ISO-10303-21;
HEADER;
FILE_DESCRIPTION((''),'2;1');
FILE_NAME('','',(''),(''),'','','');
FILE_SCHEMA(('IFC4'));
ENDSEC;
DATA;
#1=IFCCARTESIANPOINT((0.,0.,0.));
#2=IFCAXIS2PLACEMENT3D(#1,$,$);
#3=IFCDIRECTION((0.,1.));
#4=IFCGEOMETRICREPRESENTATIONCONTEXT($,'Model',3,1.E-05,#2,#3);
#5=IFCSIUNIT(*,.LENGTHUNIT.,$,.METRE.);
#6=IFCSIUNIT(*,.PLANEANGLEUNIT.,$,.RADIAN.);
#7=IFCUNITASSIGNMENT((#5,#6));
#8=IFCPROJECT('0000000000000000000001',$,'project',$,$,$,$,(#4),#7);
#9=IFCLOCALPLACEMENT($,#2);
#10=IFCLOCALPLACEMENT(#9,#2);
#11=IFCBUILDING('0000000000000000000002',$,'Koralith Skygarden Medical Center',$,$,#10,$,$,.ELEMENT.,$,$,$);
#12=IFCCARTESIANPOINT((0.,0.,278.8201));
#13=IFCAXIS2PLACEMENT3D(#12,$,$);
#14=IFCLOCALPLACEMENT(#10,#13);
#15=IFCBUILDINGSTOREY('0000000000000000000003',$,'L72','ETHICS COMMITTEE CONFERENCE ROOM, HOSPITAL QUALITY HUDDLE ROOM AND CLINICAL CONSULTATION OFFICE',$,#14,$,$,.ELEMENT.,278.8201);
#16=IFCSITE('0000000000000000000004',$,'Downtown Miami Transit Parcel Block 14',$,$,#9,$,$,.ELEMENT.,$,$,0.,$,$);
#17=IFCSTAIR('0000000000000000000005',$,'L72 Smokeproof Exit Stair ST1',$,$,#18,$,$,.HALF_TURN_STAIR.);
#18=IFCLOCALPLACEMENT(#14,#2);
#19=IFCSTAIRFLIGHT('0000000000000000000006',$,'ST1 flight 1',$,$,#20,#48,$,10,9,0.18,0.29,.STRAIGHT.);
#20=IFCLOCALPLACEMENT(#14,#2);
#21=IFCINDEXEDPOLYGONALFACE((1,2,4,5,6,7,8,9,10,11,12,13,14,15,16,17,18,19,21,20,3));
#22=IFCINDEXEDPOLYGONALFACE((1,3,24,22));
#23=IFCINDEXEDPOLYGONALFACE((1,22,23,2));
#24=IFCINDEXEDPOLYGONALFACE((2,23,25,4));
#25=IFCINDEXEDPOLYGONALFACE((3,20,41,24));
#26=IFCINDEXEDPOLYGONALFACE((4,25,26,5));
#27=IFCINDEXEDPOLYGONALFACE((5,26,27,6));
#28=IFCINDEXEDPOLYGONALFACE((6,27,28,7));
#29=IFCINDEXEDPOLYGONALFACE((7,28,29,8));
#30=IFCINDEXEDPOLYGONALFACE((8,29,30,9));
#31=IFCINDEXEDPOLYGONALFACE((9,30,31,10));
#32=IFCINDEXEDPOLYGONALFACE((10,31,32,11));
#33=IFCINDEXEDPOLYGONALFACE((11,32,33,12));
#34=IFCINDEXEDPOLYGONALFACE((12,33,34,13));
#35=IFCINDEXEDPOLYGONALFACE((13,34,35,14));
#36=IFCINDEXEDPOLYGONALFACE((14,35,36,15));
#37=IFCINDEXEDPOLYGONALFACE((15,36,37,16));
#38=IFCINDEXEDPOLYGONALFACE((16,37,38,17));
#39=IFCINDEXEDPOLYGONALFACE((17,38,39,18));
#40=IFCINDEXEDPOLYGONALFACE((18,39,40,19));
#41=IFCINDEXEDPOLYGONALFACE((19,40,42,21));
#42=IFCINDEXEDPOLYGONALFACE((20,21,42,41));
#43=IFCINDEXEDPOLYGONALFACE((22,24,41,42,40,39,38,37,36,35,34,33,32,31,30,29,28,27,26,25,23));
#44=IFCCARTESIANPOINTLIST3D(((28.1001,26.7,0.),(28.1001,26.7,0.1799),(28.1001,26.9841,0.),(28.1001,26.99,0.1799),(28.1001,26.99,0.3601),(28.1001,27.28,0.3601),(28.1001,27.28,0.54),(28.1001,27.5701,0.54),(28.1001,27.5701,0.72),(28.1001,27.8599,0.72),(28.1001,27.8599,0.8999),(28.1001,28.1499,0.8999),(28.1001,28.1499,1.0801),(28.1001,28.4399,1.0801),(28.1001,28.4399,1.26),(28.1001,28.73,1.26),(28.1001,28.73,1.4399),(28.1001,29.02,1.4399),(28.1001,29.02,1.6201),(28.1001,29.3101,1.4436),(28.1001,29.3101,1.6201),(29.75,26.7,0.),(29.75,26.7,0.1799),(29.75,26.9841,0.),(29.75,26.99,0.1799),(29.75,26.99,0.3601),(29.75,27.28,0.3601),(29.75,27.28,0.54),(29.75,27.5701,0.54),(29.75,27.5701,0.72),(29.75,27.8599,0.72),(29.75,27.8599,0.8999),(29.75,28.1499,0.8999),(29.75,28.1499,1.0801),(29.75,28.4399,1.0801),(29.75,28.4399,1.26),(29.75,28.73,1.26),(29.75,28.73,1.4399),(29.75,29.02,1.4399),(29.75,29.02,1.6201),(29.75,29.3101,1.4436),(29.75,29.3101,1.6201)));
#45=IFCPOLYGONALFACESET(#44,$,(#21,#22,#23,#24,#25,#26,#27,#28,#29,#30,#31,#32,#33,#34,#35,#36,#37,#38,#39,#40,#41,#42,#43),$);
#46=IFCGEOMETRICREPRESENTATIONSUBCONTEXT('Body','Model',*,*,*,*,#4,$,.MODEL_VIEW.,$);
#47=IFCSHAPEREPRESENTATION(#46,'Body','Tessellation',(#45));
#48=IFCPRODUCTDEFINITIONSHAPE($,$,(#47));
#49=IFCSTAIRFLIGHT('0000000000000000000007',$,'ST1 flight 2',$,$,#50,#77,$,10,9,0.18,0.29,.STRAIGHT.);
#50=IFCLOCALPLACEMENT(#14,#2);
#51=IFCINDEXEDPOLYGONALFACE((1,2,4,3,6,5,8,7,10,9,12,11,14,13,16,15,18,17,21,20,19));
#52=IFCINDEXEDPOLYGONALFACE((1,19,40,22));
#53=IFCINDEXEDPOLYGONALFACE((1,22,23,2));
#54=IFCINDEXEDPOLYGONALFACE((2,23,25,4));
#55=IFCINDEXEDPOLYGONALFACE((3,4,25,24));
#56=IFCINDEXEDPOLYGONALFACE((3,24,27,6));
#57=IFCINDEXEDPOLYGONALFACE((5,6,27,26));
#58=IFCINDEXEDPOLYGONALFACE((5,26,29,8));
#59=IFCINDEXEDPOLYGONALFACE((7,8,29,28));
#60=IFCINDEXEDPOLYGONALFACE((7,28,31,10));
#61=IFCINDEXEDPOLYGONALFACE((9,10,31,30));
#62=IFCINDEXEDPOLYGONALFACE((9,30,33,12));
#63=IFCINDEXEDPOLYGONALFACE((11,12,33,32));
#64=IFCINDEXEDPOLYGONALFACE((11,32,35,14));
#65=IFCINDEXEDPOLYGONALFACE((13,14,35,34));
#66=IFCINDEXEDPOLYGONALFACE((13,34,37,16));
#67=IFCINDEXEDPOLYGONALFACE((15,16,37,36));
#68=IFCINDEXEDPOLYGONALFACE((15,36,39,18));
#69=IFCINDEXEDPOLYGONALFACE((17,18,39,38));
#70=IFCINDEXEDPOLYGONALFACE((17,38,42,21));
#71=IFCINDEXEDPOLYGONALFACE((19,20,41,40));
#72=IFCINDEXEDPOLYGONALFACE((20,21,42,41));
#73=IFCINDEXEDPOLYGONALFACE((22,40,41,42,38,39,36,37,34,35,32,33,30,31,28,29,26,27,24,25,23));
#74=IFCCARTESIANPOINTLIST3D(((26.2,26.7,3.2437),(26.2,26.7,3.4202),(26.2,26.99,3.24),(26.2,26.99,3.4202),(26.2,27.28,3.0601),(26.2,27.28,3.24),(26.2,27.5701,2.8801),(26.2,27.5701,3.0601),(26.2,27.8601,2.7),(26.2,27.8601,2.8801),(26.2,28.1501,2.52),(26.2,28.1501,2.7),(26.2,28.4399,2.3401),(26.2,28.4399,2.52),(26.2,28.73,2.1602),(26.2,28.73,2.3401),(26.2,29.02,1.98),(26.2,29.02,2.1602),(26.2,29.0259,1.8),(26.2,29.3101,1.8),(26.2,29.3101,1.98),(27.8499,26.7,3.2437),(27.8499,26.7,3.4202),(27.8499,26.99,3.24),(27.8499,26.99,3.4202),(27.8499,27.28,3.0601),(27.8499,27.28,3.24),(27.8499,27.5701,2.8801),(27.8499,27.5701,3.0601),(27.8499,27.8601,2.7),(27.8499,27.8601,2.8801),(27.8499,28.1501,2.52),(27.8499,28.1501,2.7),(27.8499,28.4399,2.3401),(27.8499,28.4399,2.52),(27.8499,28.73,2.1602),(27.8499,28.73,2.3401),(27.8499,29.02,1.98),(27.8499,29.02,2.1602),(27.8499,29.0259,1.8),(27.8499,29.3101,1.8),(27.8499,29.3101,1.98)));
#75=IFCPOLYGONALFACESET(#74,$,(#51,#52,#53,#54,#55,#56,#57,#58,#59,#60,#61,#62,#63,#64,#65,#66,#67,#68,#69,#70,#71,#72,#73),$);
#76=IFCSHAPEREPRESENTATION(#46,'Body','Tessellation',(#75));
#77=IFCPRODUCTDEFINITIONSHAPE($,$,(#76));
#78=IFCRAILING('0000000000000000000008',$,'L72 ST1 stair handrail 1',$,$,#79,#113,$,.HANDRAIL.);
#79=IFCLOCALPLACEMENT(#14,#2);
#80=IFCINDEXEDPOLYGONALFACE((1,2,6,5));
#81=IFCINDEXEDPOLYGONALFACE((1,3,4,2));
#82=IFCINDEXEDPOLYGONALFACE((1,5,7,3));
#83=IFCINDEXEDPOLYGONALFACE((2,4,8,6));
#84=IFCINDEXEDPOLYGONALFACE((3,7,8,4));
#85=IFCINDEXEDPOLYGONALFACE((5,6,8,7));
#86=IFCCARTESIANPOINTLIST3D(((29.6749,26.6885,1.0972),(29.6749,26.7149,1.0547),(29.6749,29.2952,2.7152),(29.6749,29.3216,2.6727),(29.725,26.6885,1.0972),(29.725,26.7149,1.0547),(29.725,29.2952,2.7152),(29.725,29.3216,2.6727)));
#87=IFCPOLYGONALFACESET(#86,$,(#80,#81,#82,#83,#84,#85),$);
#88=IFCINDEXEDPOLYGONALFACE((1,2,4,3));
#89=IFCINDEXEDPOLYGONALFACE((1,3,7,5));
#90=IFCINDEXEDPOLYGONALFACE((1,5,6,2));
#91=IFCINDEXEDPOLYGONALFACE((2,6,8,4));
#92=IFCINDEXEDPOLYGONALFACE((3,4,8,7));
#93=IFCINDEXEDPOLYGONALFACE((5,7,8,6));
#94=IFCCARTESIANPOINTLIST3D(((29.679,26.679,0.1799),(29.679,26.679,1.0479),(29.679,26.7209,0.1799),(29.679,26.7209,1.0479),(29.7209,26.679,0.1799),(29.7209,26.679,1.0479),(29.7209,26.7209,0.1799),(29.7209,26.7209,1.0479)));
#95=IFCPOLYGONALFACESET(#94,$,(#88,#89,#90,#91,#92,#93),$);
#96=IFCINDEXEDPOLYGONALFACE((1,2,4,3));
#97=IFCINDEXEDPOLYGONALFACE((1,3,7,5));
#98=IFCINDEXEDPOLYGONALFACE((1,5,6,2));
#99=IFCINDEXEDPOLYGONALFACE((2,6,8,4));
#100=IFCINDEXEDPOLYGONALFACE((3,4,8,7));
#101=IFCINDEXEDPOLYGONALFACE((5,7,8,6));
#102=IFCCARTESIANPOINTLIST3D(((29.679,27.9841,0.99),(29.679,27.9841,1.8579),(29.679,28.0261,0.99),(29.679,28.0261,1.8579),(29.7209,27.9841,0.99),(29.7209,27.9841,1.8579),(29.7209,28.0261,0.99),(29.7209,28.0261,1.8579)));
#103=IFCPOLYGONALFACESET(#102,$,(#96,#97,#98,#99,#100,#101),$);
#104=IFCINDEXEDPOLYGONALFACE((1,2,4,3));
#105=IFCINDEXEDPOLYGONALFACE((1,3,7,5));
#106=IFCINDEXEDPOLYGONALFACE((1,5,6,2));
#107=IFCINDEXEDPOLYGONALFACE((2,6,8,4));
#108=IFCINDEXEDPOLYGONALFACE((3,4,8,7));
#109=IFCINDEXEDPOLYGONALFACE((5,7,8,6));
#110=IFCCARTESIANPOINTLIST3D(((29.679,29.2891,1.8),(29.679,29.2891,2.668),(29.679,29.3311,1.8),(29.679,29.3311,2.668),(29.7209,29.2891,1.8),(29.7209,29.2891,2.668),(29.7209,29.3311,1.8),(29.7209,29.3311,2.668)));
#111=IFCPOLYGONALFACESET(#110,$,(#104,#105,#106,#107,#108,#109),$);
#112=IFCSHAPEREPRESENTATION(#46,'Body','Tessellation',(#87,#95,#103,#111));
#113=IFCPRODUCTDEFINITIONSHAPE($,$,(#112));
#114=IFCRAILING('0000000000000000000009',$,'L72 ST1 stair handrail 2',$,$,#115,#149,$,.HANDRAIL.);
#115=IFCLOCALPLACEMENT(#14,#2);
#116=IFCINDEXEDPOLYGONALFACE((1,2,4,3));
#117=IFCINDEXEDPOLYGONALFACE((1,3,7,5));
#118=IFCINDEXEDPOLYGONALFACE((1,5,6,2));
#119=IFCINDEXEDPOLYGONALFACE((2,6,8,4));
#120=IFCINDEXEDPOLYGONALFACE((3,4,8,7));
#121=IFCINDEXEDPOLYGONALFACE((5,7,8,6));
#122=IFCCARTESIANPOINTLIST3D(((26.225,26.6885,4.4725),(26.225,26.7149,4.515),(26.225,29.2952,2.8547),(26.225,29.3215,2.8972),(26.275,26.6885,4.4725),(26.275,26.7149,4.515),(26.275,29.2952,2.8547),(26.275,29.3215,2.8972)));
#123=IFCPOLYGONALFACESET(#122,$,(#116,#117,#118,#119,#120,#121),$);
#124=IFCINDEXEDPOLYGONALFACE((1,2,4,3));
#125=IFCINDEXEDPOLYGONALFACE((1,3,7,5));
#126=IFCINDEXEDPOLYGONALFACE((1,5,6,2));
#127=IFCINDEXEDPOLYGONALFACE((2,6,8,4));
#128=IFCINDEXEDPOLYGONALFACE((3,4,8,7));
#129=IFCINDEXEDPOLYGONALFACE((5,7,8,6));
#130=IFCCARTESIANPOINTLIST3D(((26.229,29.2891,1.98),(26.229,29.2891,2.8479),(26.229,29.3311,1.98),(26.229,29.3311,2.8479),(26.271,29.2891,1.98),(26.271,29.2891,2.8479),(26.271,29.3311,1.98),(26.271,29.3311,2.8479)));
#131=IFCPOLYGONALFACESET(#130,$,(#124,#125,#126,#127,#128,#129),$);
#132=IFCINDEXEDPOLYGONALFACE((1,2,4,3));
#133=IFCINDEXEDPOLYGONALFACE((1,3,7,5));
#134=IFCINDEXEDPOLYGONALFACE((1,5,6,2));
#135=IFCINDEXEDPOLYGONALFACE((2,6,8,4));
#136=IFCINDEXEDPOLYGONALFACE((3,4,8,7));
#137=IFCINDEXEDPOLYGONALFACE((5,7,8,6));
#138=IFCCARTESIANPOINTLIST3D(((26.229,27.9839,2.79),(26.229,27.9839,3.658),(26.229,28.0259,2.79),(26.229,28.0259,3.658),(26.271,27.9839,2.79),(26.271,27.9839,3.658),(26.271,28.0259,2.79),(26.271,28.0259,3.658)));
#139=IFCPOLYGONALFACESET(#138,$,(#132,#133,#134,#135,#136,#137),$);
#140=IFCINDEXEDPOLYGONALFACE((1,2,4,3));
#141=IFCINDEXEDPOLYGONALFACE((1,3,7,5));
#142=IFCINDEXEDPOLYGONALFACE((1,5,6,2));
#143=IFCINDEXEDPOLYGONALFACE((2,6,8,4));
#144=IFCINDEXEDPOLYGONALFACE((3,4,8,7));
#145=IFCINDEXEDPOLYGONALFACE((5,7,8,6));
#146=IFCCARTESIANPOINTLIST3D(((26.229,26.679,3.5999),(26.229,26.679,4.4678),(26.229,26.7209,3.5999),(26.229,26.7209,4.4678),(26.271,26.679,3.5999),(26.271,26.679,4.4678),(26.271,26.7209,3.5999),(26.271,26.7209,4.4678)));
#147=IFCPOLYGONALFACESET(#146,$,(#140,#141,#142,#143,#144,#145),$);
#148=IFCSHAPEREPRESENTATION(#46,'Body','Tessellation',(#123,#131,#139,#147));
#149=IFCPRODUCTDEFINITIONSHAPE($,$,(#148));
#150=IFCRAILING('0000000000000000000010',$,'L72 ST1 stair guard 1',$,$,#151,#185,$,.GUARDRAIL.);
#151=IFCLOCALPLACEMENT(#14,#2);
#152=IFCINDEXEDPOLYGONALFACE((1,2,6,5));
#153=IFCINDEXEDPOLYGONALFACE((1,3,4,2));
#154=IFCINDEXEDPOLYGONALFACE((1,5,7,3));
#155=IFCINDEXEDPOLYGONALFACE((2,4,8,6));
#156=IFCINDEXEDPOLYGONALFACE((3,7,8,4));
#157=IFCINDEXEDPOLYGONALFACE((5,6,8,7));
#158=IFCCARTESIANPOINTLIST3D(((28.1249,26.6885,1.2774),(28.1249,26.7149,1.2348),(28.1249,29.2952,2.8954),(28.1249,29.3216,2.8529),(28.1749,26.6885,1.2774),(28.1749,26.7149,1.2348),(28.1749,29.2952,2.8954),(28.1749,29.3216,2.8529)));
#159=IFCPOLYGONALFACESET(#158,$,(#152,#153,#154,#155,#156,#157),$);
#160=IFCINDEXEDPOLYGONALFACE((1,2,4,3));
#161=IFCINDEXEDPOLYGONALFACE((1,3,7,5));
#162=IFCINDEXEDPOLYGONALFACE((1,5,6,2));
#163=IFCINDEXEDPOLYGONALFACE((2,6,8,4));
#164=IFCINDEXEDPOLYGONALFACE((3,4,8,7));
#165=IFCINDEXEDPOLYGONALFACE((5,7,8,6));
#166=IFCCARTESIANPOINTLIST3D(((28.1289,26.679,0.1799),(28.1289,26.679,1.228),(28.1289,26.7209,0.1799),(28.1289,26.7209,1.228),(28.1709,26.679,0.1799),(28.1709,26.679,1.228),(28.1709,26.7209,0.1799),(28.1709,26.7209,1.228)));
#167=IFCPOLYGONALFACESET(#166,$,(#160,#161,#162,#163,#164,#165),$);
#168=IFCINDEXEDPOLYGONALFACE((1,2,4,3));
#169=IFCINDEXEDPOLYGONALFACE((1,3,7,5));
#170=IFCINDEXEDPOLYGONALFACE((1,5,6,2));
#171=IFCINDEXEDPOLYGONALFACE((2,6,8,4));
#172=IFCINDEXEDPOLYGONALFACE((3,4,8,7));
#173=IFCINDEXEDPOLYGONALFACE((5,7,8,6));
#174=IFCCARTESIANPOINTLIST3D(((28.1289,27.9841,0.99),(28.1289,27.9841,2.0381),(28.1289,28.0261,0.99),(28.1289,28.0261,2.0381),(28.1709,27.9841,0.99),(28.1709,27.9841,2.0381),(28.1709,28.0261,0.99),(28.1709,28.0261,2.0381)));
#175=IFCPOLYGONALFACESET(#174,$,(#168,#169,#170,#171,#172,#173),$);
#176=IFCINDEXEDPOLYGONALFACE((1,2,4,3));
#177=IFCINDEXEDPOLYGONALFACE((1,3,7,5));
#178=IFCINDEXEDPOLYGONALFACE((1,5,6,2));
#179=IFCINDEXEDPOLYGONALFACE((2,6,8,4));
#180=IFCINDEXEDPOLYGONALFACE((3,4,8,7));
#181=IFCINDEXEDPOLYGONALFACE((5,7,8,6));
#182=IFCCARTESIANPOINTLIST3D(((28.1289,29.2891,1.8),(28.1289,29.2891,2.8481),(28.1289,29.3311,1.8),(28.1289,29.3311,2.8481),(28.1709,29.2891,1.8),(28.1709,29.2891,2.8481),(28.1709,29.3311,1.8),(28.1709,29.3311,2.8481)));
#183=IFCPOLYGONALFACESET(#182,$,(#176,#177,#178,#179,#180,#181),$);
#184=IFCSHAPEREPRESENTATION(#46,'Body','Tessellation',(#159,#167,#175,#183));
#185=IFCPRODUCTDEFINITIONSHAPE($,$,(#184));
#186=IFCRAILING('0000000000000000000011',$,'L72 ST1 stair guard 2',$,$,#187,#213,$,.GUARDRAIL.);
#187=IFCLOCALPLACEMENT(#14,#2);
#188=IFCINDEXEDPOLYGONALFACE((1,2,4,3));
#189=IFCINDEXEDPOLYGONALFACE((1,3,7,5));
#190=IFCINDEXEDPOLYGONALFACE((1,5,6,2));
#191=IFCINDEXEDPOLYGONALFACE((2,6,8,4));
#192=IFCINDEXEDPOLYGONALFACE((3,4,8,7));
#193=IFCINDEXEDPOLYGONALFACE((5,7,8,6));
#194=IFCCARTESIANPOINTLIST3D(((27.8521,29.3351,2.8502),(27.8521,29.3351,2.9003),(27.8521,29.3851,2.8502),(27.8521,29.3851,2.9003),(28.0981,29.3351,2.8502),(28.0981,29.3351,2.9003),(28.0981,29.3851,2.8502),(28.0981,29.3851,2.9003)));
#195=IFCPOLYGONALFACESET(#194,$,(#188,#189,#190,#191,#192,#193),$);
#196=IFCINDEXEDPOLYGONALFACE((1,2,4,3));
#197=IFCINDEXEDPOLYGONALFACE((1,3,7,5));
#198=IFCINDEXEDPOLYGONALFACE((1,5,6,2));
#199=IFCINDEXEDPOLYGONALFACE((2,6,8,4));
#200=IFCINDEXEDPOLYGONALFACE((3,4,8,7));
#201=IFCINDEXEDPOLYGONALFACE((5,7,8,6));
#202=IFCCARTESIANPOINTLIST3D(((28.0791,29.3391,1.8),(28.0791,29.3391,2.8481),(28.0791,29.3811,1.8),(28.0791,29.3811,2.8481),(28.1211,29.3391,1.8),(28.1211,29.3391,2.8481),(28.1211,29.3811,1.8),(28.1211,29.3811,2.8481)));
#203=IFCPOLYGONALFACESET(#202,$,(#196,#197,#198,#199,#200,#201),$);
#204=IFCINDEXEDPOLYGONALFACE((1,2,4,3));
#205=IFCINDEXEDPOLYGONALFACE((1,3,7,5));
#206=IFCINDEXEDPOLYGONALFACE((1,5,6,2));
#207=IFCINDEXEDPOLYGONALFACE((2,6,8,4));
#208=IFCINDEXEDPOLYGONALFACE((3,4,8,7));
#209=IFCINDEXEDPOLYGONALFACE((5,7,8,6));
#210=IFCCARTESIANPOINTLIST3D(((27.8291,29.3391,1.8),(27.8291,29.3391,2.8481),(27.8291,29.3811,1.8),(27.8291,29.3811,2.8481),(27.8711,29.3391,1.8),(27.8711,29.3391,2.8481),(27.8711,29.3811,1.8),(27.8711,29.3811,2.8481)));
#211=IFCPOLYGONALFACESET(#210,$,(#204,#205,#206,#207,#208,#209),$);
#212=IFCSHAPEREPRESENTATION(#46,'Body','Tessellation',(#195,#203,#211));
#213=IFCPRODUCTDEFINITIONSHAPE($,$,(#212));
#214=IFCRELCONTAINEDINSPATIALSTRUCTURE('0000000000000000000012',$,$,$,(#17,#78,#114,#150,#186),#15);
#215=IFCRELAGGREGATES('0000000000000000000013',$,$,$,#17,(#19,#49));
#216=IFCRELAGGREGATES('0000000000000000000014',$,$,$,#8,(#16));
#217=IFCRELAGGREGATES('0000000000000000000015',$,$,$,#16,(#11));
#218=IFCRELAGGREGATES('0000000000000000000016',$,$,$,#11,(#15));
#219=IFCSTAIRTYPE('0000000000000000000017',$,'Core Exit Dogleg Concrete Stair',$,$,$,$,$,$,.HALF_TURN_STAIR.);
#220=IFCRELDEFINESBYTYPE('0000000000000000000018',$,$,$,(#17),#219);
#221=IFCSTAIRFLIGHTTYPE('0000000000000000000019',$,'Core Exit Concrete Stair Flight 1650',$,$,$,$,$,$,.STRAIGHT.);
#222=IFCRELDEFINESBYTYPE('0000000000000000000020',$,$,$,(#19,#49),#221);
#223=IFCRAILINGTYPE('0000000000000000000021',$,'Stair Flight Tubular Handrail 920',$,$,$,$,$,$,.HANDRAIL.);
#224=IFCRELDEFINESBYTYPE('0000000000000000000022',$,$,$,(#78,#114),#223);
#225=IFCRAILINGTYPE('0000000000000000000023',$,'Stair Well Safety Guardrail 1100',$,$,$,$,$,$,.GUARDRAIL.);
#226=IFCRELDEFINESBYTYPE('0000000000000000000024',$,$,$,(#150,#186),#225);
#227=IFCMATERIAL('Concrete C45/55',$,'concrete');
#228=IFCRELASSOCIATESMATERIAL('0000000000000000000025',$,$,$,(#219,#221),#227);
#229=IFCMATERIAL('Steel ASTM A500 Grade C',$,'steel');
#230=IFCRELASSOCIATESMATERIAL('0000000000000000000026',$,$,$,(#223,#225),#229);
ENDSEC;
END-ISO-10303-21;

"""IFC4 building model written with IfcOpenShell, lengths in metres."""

from ifc_helpers import new_model, si_unit, direction, frame, origin, origin_2d, place, context, subcontext, project, spatial, polyline, rectangle, outline, extrude, material, type_object, element, aggregate, save


model = new_model("IFC4")

# Units and contexts
model_context = context("Model", 3, precision=1e-05, world=origin(), true_north=direction((0.0, 1.0)))
body_context = subcontext(model_context, "Body", "Model", "MODEL_VIEW")
ifc_project = project(units=[si_unit("LENGTHUNIT", "METRE"), si_unit("PLANEANGLEUNIT", "RADIAN")], contexts=[model_context])

# Site, building, storey
site_placement = place(None, origin())
site = spatial("IfcSite", under=ifc_project, at=site_placement, Name="Downtown Miami Transit Parcel Block 14", CompositionType="ELEMENT", RefElevation=0.0)
building_placement = place(site_placement, origin())
building = spatial("IfcBuilding", under=site, at=building_placement, Name="Koralith Skygarden Medical Center", CompositionType="ELEMENT")
storey_placement = place(building_placement, frame((0.0, 0.0, 278.8201)))
storey = spatial("IfcBuildingStorey", under=building, at=storey_placement, Name="L72", Description="ETHICS COMMITTEE CONFERENCE ROOM, HOSPITAL QUALITY HUDDLE ROOM AND CLINICAL CONSULTATION OFFICE", CompositionType="ELEMENT", Elevation=278.8201)

# Shared definitions
ifc_material_1 = material(Name="Concrete C45/55", Category="concrete")

# Shared definitions
ifc_material_2 = material(Name="Steel ASTM A500 Grade C", Category="steel")

# Stair, stair flights
stair_type = type_object("IfcStairType", Name="Core Exit Dogleg Concrete Stair", PredefinedType="HALF_TURN_STAIR", material=ifc_material_1)
stair_placement = place(storey_placement, origin())
stair = element("IfcStair", 1, at=stair_placement, inside=storey, type_object=stair_type, Name="L72 Smokeproof Exit Stair ST1", PredefinedType="HALF_TURN_STAIR")
stair_flight_type = type_object("IfcStairFlightType", Name="Core Exit Concrete Stair Flight 1650", PredefinedType="STRAIGHT", material=ifc_material_1)
stair_flight_1_placement = place(storey_placement, frame((28.925, 26.7, 0.0), z_axis=(0.0, 0.0, 1.0), x_axis=(0.0, 1.0, 0.0)))
stair_flight_1 = element("IfcStairFlight", 2, at=stair_flight_1_placement, type_object=stair_flight_type, Name="ST1 flight 1", NumberOfRisers=10, NumberOfTreads=9, PredefinedType="STRAIGHT", RiserHeight=0.18, TreadLength=0.29, context=body_context, shape_type="SweptSolid", body=[
    extrude(outline(polyline([(0.0, 0.0), (0.0, 0.1799), (0.29, 0.1799), (0.29, 0.3601), (0.5801, 0.3601), (0.5801, 0.54), (0.8701, 0.54), (0.8701, 0.72), (1.1599, 0.72), (1.1599, 0.8999), (1.45, 0.8999), (1.45, 1.0801), (1.74, 1.0801), (1.74, 1.26), (2.03, 1.26), (2.03, 1.4399), (2.3201, 1.4399), (2.3201, 1.6201), (2.6101, 1.6201), (2.6101, 1.8), (2.6101, 1.4436), (0.2842, 0.0), (0.0, 0.0)])), frame((0.0, 0.825, 0.0), z_axis=(0.0, -1.0, 0.0), x_axis=(1.0, 0.0, 0.0)), (0.0, 0.0, 1.0), 1.6499),
])
stair_flight_2_placement = place(storey_placement, frame((27.0249, 29.3101, 1.8), z_axis=(0.0, 0.0, 1.0), x_axis=(0.0, -1.0, 0.0)))
stair_flight_2 = element("IfcStairFlight", 3, at=stair_flight_2_placement, type_object=stair_flight_type, Name="ST1 flight 2", NumberOfRisers=10, NumberOfTreads=9, PredefinedType="STRAIGHT", RiserHeight=0.18, TreadLength=0.29, context=body_context, shape_type="SweptSolid", body=[
    extrude(outline(polyline([(0.0, 0.0), (0.0, 0.1799), (0.29, 0.1799), (0.29, 0.3601), (0.5801, 0.3601), (0.5801, 0.54), (0.8701, 0.54), (0.8701, 0.72), (1.1599, 0.72), (1.1599, 0.8999), (1.45, 0.8999), (1.45, 1.0801), (1.74, 1.0801), (1.74, 1.26), (2.03, 1.26), (2.03, 1.4399), (2.3201, 1.4399), (2.3201, 1.6201), (2.6101, 1.6201), (2.6101, 1.8), (2.6101, 1.4436), (0.2842, 0.0), (0.0, 0.0)])), frame((0.0, 0.825, 0.0), z_axis=(0.0, -1.0, 0.0), x_axis=(1.0, 0.0, 0.0)), (0.0, 0.0, 1.0), 1.6499),
])
aggregate(stair, [stair_flight_1, stair_flight_2])

# Railings
railing_type_1 = type_object("IfcRailingType", Name="Stair Flight Tubular Handrail 920", PredefinedType="HANDRAIL", material=ifc_material_2)
railing_1_placement = place(storey_placement, frame((29.7, 26.7, 0.1799)))
element("IfcRailing", 4, at=railing_1_placement, inside=storey, type_object=railing_type_1, Name="L72 ST1 stair handrail 1", PredefinedType="HANDRAIL", context=body_context, shape_type="SweptSolid", body=[
    extrude(rectangle(XDim=0.05, YDim=0.05, at=origin_2d()), frame((0.0, 0.0017, 0.896), z_axis=(0.0, 0.849633, 0.527375), x_axis=(-1.0, 0.0, 0.0)), (0.0, 0.0, 1.0), 3.0681),
    extrude(rectangle(XDim=0.042, YDim=0.042, at=origin_2d()), origin(), (0.0, 0.0, 1.0), 0.8679),
    extrude(rectangle(XDim=0.042, YDim=0.042, at=origin_2d()), frame((0.0, 1.3052, 0.8101)), (0.0, 0.0, 1.0), 0.8679),
    extrude(rectangle(XDim=0.042, YDim=0.042, at=origin_2d()), frame((0.0, 2.6101, 1.6201)), (0.0, 0.0, 1.0), 0.8679),
])
railing_2_placement = place(storey_placement, frame((26.25, 29.3101, 1.98)))
element("IfcRailing", 5, at=railing_2_placement, inside=storey, type_object=railing_type_1, Name="L72 ST1 stair handrail 2", PredefinedType="HANDRAIL", context=body_context, shape_type="SweptSolid", body=[
    extrude(rectangle(XDim=0.05, YDim=0.05, at=origin_2d()), frame((0.0, -0.0017, 0.896), z_axis=(0.0, -0.849668, 0.527317), x_axis=(1.0, 0.0, 0.0)), (0.0, 0.0, 1.0), 3.0679),
    extrude(rectangle(XDim=0.042, YDim=0.042, at=origin_2d()), origin(), (0.0, 0.0, 1.0), 0.8679),
    extrude(rectangle(XDim=0.042, YDim=0.042, at=origin_2d()), frame((0.0, -1.3052, 0.8101)), (0.0, 0.0, 1.0), 0.8679),
    extrude(rectangle(XDim=0.042, YDim=0.042, at=origin_2d()), frame((0.0, -2.6101, 1.6199)), (0.0, 0.0, 1.0), 0.8679),
])
railing_type_2 = type_object("IfcRailingType", Name="Stair Well Safety Guardrail 1100", PredefinedType="GUARDRAIL", material=ifc_material_2)
railing_3_placement = place(storey_placement, frame((28.1499, 26.7, 0.1799)))
element("IfcRailing", 6, at=railing_3_placement, inside=storey, type_object=railing_type_2, Name="L72 ST1 stair guard 1", PredefinedType="GUARDRAIL", context=body_context, shape_type="SweptSolid", body=[
    extrude(rectangle(XDim=0.05, YDim=0.05, at=origin_2d()), frame((0.0, 0.0017, 1.0762), z_axis=(0.0, 0.849633, 0.527375), x_axis=(-1.0, 0.0, 0.0)), (0.0, 0.0, 1.0), 3.0681),
    extrude(rectangle(XDim=0.042, YDim=0.042, at=origin_2d()), origin(), (0.0, 0.0, 1.0), 1.0481),
    extrude(rectangle(XDim=0.042, YDim=0.042, at=origin_2d()), frame((0.0, 1.3052, 0.8101)), (0.0, 0.0, 1.0), 1.0481),
    extrude(rectangle(XDim=0.042, YDim=0.042, at=origin_2d()), frame((0.0, 2.6101, 1.6201)), (0.0, 0.0, 1.0), 1.0481),
])
railing_4_placement = place(storey_placement, frame((28.1001, 29.3601, 1.8)))
element("IfcRailing", 7, at=railing_4_placement, inside=storey, type_object=railing_type_2, Name="L72 ST1 stair guard 2", PredefinedType="GUARDRAIL", context=body_context, shape_type="SweptSolid", body=[
    extrude(rectangle(XDim=0.05, YDim=0.05, at=origin_2d()), frame((-0.002, 0.0, 1.0752), z_axis=(-1.0, 0.0, 0.0), x_axis=(0.0, -1.0, 0.0)), (0.0, 0.0, 1.0), 0.2461),
    extrude(rectangle(XDim=0.042, YDim=0.042, at=origin_2d()), origin(), (0.0, 0.0, 1.0), 1.0481),
    extrude(rectangle(XDim=0.042, YDim=0.042, at=origin_2d()), frame((-0.25, 0.0, 0.0)), (0.0, 0.0, 1.0), 1.0481),
])

save(model, "model.ifc")
